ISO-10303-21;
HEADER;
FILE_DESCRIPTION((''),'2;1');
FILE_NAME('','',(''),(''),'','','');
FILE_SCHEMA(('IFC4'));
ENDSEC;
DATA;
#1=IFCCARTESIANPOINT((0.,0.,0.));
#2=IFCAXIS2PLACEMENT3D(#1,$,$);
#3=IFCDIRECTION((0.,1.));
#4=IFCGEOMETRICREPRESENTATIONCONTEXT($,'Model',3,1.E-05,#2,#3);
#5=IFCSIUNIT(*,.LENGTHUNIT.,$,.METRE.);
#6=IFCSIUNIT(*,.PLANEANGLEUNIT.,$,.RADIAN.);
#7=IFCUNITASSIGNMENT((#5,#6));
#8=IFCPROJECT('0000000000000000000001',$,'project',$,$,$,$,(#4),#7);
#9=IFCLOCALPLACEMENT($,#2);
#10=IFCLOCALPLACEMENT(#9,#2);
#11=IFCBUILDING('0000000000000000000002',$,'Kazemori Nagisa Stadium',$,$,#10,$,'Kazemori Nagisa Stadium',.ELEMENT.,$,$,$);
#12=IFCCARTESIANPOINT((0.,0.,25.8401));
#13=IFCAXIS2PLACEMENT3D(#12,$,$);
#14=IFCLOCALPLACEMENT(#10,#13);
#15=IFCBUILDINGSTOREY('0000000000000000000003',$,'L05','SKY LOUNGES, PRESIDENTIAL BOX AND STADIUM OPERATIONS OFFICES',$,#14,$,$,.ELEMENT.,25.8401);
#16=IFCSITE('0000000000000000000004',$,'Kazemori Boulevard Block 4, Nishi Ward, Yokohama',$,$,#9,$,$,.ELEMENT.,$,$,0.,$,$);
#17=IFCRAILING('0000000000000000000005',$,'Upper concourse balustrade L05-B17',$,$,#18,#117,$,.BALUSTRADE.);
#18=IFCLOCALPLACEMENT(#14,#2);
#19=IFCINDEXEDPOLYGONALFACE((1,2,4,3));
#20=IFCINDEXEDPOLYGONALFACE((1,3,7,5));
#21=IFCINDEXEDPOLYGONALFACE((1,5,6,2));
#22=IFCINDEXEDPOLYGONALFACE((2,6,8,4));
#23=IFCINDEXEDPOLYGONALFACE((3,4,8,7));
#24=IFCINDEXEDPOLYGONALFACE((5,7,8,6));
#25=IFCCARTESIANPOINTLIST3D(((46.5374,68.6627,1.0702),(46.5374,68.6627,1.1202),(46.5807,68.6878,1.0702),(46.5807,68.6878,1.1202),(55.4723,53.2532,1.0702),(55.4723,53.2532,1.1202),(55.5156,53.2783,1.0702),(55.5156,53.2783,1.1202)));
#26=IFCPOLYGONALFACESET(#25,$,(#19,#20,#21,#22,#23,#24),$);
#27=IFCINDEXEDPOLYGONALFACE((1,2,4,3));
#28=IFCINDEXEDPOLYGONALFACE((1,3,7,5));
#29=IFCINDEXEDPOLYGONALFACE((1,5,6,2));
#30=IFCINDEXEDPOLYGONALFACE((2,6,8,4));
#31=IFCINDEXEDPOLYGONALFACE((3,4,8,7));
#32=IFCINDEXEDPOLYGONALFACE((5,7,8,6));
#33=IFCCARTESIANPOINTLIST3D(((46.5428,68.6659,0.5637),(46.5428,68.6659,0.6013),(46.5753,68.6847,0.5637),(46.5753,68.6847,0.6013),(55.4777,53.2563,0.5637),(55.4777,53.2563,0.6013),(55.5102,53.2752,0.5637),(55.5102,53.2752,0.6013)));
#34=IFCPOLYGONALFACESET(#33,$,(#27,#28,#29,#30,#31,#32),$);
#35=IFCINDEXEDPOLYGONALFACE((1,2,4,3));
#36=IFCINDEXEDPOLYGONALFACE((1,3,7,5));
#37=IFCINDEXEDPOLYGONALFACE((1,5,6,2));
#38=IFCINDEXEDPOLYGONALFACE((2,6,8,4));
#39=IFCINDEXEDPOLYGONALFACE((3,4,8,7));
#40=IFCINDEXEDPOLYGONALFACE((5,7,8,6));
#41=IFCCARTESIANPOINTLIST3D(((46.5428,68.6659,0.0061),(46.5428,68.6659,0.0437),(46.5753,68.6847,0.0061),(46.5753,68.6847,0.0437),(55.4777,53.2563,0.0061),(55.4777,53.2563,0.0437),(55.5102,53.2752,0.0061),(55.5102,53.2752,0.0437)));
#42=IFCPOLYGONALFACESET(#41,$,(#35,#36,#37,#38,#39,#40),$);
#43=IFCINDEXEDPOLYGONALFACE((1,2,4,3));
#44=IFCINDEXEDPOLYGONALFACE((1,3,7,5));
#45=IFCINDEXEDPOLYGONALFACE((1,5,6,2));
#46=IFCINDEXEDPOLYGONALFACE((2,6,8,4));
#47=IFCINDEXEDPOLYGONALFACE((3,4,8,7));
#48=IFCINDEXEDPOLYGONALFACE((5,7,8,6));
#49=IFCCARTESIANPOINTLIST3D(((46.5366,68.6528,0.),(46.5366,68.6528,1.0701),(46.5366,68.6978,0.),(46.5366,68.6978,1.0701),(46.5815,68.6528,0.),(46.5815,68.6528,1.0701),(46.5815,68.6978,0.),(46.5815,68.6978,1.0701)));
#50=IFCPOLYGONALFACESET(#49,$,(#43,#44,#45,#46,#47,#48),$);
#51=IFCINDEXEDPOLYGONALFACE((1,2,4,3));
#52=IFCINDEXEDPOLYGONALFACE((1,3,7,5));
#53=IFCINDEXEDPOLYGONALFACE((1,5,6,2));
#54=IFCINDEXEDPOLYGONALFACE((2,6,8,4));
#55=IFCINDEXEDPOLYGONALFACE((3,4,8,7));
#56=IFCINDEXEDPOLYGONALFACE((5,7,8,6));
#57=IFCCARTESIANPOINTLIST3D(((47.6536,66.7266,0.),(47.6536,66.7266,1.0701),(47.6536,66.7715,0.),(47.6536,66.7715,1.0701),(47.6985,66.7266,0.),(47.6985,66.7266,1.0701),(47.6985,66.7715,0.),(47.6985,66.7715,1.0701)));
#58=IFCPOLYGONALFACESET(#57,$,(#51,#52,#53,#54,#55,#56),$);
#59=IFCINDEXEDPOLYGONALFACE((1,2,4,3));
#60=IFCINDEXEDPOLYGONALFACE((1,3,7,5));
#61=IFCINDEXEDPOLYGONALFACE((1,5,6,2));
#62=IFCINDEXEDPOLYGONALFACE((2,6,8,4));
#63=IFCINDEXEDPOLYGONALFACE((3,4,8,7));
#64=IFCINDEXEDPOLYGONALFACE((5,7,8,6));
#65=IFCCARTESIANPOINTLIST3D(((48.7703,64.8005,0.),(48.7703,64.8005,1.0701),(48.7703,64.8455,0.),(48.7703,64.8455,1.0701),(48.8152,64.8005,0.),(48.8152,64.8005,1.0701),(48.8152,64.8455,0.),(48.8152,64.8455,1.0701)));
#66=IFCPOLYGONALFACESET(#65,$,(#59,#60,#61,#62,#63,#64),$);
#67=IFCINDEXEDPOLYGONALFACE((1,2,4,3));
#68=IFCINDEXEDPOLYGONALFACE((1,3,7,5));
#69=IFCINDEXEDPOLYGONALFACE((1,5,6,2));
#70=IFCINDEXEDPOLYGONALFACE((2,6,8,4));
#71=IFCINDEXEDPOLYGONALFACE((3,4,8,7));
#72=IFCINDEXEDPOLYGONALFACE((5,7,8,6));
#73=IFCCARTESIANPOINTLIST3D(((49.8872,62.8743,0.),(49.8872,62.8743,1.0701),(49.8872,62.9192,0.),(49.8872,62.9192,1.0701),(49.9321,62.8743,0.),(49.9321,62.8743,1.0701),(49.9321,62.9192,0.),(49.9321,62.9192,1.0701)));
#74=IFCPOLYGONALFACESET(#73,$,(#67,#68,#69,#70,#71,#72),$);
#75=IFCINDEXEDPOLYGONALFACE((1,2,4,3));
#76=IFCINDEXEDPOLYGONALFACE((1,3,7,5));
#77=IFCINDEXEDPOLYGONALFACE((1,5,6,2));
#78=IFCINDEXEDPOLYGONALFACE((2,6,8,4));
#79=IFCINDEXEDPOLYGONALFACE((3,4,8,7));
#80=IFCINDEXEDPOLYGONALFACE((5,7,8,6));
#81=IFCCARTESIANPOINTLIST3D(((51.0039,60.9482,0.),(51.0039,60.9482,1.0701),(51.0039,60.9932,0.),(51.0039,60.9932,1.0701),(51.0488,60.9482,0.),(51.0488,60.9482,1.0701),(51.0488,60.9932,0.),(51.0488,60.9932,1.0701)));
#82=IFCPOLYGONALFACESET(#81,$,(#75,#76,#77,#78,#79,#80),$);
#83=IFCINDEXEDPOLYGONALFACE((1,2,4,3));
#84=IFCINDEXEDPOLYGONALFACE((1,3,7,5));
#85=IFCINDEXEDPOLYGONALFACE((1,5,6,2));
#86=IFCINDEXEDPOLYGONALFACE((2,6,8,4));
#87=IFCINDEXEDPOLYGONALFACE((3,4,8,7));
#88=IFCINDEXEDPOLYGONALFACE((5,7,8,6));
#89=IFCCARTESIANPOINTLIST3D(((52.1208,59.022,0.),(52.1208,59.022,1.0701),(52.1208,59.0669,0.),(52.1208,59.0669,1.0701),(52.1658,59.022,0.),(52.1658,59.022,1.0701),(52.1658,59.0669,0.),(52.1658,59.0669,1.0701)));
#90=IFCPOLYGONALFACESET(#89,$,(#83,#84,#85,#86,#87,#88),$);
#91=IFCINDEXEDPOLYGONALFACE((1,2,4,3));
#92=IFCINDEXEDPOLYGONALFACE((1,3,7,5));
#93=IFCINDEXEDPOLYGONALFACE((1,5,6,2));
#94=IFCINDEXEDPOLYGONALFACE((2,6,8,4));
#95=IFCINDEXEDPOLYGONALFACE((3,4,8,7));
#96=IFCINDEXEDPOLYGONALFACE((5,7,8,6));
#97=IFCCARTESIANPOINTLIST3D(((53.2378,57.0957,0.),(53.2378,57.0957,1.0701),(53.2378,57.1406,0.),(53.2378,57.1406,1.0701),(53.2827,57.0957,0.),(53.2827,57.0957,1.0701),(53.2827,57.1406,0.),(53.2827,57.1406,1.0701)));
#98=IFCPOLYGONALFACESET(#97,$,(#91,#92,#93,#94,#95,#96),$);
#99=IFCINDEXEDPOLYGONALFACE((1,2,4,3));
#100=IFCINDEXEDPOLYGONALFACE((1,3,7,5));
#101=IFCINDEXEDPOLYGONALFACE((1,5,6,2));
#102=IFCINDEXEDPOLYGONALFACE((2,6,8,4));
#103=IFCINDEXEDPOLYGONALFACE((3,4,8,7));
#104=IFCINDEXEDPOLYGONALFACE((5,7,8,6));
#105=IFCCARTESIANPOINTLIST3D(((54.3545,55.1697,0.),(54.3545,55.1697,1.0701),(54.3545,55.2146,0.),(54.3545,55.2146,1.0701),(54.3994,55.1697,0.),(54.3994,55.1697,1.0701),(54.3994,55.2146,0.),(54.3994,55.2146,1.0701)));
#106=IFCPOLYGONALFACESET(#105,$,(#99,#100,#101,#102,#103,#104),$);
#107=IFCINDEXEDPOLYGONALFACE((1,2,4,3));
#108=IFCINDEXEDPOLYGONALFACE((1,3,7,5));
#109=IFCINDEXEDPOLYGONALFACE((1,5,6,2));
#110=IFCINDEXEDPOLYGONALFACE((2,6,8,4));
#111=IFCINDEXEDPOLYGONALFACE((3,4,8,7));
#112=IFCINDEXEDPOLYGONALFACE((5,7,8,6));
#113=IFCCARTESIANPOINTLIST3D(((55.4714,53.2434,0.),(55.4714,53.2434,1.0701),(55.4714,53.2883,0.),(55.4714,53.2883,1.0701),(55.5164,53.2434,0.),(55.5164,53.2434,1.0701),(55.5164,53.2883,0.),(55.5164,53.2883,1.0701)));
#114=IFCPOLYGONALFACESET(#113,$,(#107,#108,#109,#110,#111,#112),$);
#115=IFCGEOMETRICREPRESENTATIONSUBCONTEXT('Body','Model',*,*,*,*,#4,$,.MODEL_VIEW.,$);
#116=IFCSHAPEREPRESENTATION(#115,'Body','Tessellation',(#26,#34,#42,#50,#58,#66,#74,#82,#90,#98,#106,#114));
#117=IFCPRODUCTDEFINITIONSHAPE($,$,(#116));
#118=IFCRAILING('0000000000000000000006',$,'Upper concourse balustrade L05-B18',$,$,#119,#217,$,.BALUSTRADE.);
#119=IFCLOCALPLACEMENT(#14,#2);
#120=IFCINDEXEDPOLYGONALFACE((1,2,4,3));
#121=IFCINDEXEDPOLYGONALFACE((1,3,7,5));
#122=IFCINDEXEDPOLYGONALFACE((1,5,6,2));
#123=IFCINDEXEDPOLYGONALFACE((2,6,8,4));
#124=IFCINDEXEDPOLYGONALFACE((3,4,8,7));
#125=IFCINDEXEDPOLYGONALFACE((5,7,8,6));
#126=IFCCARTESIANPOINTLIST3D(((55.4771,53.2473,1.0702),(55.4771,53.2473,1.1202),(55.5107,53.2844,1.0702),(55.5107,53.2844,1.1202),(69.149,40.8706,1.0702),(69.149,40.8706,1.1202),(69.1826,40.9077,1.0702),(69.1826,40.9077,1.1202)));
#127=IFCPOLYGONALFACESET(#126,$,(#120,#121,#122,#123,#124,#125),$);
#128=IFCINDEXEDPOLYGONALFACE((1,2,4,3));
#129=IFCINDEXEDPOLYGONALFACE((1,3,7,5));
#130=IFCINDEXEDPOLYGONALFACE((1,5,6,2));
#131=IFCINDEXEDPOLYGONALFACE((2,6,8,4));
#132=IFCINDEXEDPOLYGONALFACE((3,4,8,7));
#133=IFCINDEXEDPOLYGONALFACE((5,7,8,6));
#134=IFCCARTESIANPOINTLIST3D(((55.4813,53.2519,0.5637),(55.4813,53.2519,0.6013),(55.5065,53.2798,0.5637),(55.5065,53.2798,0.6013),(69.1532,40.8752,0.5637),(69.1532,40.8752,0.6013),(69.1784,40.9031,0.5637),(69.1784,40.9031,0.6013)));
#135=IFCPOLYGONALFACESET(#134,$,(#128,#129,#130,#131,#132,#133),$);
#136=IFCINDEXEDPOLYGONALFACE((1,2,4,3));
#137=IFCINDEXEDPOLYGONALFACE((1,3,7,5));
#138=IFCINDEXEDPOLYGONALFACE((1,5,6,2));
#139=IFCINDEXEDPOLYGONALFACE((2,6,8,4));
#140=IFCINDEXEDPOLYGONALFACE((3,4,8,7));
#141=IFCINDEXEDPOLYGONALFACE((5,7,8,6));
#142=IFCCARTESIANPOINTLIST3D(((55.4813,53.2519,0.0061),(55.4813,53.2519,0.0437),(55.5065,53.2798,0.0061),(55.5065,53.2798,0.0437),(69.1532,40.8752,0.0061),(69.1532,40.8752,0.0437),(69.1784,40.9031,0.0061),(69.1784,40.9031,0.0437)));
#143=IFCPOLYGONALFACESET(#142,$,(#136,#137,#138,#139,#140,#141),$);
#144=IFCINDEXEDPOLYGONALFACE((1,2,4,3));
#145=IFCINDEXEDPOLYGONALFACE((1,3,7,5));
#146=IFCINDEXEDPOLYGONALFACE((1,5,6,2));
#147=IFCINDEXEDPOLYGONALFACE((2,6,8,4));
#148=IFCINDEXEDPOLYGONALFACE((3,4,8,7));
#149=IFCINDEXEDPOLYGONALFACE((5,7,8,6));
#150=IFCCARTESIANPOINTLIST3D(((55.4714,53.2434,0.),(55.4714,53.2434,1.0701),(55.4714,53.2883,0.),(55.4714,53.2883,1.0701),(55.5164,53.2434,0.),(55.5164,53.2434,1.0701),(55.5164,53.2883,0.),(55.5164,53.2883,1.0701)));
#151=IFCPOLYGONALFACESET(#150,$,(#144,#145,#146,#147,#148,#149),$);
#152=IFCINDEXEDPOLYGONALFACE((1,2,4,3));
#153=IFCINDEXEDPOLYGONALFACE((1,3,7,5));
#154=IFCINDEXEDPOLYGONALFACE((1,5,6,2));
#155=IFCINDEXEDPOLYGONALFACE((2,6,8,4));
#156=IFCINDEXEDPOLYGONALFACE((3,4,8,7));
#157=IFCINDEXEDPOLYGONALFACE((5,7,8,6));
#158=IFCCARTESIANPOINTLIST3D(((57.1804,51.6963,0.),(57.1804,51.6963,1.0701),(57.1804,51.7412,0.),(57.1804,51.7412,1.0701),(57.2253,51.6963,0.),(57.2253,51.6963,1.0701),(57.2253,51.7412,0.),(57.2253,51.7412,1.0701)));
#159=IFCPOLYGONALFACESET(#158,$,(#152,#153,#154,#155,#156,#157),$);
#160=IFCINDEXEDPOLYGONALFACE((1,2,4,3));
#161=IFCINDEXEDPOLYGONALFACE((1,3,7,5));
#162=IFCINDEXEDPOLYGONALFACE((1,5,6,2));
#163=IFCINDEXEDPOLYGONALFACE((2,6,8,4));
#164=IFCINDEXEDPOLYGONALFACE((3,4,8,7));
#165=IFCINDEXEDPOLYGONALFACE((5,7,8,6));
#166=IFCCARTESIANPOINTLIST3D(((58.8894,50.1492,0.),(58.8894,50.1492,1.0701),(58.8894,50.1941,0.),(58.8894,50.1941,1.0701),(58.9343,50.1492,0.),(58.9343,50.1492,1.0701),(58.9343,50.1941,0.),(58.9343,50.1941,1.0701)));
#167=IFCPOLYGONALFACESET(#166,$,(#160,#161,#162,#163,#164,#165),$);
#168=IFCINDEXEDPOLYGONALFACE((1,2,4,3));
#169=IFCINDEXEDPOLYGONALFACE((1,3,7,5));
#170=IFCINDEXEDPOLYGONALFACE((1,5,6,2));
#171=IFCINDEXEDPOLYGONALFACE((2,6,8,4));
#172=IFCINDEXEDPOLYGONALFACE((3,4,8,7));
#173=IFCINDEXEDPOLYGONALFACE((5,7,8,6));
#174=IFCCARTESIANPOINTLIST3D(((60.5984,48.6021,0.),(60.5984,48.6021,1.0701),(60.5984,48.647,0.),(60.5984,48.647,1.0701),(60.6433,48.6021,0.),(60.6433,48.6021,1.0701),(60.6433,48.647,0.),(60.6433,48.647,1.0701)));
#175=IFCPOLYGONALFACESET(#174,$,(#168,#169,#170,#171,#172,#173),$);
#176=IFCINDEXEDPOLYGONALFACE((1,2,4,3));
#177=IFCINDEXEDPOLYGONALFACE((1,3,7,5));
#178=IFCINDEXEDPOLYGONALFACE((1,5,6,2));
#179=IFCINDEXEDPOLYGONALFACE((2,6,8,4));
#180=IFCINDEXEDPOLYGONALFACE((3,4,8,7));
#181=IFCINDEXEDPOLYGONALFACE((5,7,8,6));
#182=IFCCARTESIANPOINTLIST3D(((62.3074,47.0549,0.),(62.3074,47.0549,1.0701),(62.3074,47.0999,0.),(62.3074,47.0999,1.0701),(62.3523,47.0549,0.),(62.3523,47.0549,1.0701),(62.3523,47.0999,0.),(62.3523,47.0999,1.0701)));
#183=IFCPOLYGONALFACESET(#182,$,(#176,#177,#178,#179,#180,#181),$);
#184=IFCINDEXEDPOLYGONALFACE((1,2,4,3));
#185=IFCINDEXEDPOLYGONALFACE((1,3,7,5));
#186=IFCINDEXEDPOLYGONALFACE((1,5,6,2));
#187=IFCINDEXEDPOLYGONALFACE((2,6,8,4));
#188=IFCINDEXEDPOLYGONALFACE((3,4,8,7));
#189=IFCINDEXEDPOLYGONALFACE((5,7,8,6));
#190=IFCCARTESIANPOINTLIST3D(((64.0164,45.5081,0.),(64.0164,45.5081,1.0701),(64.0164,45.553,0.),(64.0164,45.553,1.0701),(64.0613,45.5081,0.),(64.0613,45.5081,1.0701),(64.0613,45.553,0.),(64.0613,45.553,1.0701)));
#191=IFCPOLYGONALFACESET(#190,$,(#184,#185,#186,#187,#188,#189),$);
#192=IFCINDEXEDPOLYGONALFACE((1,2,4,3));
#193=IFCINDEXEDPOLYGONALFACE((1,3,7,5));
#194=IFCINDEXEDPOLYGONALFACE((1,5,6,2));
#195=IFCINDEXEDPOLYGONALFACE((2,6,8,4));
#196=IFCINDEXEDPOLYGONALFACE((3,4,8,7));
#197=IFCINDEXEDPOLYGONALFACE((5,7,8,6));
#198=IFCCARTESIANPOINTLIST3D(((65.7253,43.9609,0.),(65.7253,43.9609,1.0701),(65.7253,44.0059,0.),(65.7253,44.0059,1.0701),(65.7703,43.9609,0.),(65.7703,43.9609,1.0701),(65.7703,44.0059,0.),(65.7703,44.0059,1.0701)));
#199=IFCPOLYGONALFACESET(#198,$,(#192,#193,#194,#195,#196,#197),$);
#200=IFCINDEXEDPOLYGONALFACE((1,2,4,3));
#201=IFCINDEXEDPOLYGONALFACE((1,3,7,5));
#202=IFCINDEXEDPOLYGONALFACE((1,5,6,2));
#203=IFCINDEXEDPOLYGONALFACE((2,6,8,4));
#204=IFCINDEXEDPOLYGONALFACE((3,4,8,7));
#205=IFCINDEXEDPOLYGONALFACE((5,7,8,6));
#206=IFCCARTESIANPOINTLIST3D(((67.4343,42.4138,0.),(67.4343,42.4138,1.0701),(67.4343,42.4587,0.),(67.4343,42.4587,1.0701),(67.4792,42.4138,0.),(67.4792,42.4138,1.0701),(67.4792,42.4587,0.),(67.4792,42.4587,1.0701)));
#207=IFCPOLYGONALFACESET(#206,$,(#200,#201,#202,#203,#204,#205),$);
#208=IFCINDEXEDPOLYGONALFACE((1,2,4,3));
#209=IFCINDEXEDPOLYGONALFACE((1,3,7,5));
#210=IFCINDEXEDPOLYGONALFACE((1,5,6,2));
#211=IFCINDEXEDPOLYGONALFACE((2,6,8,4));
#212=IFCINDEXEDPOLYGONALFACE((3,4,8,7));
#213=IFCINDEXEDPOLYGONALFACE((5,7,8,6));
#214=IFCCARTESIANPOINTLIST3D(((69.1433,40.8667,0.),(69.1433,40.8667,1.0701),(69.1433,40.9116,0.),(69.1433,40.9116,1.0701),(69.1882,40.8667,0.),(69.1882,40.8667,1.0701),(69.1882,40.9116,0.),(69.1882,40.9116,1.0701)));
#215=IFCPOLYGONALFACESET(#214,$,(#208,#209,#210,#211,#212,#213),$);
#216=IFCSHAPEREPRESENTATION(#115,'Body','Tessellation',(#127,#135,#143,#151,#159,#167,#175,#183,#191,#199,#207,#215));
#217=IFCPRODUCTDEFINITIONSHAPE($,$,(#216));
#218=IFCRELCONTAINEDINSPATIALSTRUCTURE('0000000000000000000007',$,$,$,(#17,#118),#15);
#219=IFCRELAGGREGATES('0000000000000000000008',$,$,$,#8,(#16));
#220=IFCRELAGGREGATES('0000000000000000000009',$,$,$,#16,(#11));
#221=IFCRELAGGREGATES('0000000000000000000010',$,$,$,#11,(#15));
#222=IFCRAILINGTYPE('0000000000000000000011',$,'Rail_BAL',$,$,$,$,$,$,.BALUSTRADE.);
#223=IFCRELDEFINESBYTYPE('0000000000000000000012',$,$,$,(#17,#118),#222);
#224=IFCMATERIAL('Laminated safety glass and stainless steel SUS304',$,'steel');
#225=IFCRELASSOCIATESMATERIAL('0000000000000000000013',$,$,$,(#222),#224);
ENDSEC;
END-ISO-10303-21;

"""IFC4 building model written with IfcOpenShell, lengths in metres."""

from ifc_helpers import new_model, si_unit, direction, frame, origin, origin_2d, place, context, subcontext, project, spatial, rectangle, extrude, material, type_object, element, save


model = new_model("IFC4")

# Units and contexts
model_context = context("Model", 3, precision=1e-05, world=origin(), true_north=direction((0.0, 1.0)))
body_context = subcontext(model_context, "Body", "Model", "MODEL_VIEW")
ifc_project = project(units=[si_unit("LENGTHUNIT", "METRE"), si_unit("PLANEANGLEUNIT", "RADIAN")], contexts=[model_context])

# Site, building, storey
site_placement = place(None, origin())
site = spatial("IfcSite", under=ifc_project, at=site_placement, Name="Kazemori Boulevard Block 4, Nishi Ward, Yokohama", CompositionType="ELEMENT", RefElevation=0.0)
building_placement = place(site_placement, origin())
building = spatial("IfcBuilding", under=site, at=building_placement, Name="Kazemori Nagisa Stadium", LongName="Kazemori Nagisa Stadium", CompositionType="ELEMENT")
storey_placement = place(building_placement, frame((0.0, 0.0, 25.8401)))
storey = spatial("IfcBuildingStorey", under=building, at=storey_placement, Name="L05", Description="SKY LOUNGES, PRESIDENTIAL BOX AND STADIUM OPERATIONS OFFICES", CompositionType="ELEMENT", Elevation=25.8401)

# Railings
ifc_material_1 = material(Name="Laminated safety glass and stainless steel SUS304", Category="steel")
railing_type_1 = type_object("IfcRailingType", Name="Rail_BAL", PredefinedType="BALUSTRADE", material=ifc_material_1)
railing_1_placement = place(storey_placement, frame((46.5591, 68.6753, 0.0)))
element("IfcRailing", 1, at=railing_1_placement, inside=storey, type_object=railing_type_1, Name="Upper concourse balustrade L05-B17", PredefinedType="BALUSTRADE", context=body_context, shape_type="SweptSolid", body=[
    extrude(rectangle(XDim=0.05, YDim=0.05, at=origin_2d()), frame((0.0, 0.0, 1.0952), z_axis=(0.501607, -0.865096, 0.0), x_axis=(0.865096, 0.501607, 0.0)), (0.0, 0.0, 1.0), 17.8125),
    extrude(rectangle(XDim=0.0376, YDim=0.0376, at=origin_2d()), frame((0.0, 0.0, 0.5825), z_axis=(0.501607, -0.865096, 0.0), x_axis=(0.865096, 0.501607, 0.0)), (0.0, 0.0, 1.0), 17.8125),
    extrude(rectangle(XDim=0.0376, YDim=0.0376, at=origin_2d()), frame((0.0, 0.0, 0.0249), z_axis=(0.501607, -0.865096, 0.0), x_axis=(0.865096, 0.501607, 0.0)), (0.0, 0.0, 1.0), 17.8125),
    extrude(rectangle(XDim=0.0449, YDim=0.0449, at=origin_2d()), origin(), (0.0, 0.0, 1.0), 1.0701),
    extrude(rectangle(XDim=0.0449, YDim=0.0449, at=origin_2d()), frame((1.1169, -1.9263, 0.0)), (0.0, 0.0, 1.0), 1.0701),
    extrude(rectangle(XDim=0.0449, YDim=0.0449, at=origin_2d()), frame((2.2336, -3.8523, 0.0)), (0.0, 0.0, 1.0), 1.0701),
    extrude(rectangle(XDim=0.0449, YDim=0.0449, at=origin_2d()), frame((3.3506, -5.7786, 0.0)), (0.0, 0.0, 1.0), 1.0701),
    extrude(rectangle(XDim=0.0449, YDim=0.0449, at=origin_2d()), frame((4.4673, -7.7046, 0.0)), (0.0, 0.0, 1.0), 1.0701),
    extrude(rectangle(XDim=0.0449, YDim=0.0449, at=origin_2d()), frame((5.5842, -9.6309, 0.0)), (0.0, 0.0, 1.0), 1.0701),
    extrude(rectangle(XDim=0.0449, YDim=0.0449, at=origin_2d()), frame((6.7012, -11.5571, 0.0)), (0.0, 0.0, 1.0), 1.0701),
    extrude(rectangle(XDim=0.0449, YDim=0.0449, at=origin_2d()), frame((7.8179, -13.4832, 0.0)), (0.0, 0.0, 1.0), 1.0701),
    extrude(rectangle(XDim=0.0449, YDim=0.0449, at=origin_2d()), frame((8.9348, -15.4094, 0.0)), (0.0, 0.0, 1.0), 1.0701),
])
railing_2_placement = place(storey_placement, frame((55.4939, 53.2659, 0.0)))
element("IfcRailing", 2, at=railing_2_placement, inside=storey, type_object=railing_type_1, Name="Upper concourse balustrade L05-B18", PredefinedType="BALUSTRADE", context=body_context, shape_type="SweptSolid", body=[
    extrude(rectangle(XDim=0.05, YDim=0.05, at=origin_2d()), frame((0.0, 0.0, 1.0952), z_axis=(0.741349, -0.67112, 0.0), x_axis=(0.67112, 0.741349, 0.0)), (0.0, 0.0, 1.0), 18.4419),
    extrude(rectangle(XDim=0.0376, YDim=0.0376, at=origin_2d()), frame((0.0, 0.0, 0.5825), z_axis=(0.741349, -0.67112, 0.0), x_axis=(0.67112, 0.741349, 0.0)), (0.0, 0.0, 1.0), 18.4419),
    extrude(rectangle(XDim=0.0376, YDim=0.0376, at=origin_2d()), frame((0.0, 0.0, 0.0249), z_axis=(0.741349, -0.67112, 0.0), x_axis=(0.67112, 0.741349, 0.0)), (0.0, 0.0, 1.0), 18.4419),
    extrude(rectangle(XDim=0.0449, YDim=0.0449, at=origin_2d()), origin(), (0.0, 0.0, 1.0), 1.0701),
    extrude(rectangle(XDim=0.0449, YDim=0.0449, at=origin_2d()), frame((1.709, -1.5471, 0.0)), (0.0, 0.0, 1.0), 1.0701),
    extrude(rectangle(XDim=0.0449, YDim=0.0449, at=origin_2d()), frame((3.418, -3.0942, 0.0)), (0.0, 0.0, 1.0), 1.0701),
    extrude(rectangle(XDim=0.0449, YDim=0.0449, at=origin_2d()), frame((5.127, -4.6414, 0.0)), (0.0, 0.0, 1.0), 1.0701),
    extrude(rectangle(XDim=0.0449, YDim=0.0449, at=origin_2d()), frame((6.8359, -6.1885, 0.0)), (0.0, 0.0, 1.0), 1.0701),
    extrude(rectangle(XDim=0.0449, YDim=0.0449, at=origin_2d()), frame((8.5449, -7.7354, 0.0)), (0.0, 0.0, 1.0), 1.0701),
    extrude(rectangle(XDim=0.0449, YDim=0.0449, at=origin_2d()), frame((10.2539, -9.2825, 0.0)), (0.0, 0.0, 1.0), 1.0701),
    extrude(rectangle(XDim=0.0449, YDim=0.0449, at=origin_2d()), frame((11.9629, -10.8296, 0.0)), (0.0, 0.0, 1.0), 1.0701),
    extrude(rectangle(XDim=0.0449, YDim=0.0449, at=origin_2d()), frame((13.6719, -12.3767, 0.0)), (0.0, 0.0, 1.0), 1.0701),
])

save(model, "model.ifc")
